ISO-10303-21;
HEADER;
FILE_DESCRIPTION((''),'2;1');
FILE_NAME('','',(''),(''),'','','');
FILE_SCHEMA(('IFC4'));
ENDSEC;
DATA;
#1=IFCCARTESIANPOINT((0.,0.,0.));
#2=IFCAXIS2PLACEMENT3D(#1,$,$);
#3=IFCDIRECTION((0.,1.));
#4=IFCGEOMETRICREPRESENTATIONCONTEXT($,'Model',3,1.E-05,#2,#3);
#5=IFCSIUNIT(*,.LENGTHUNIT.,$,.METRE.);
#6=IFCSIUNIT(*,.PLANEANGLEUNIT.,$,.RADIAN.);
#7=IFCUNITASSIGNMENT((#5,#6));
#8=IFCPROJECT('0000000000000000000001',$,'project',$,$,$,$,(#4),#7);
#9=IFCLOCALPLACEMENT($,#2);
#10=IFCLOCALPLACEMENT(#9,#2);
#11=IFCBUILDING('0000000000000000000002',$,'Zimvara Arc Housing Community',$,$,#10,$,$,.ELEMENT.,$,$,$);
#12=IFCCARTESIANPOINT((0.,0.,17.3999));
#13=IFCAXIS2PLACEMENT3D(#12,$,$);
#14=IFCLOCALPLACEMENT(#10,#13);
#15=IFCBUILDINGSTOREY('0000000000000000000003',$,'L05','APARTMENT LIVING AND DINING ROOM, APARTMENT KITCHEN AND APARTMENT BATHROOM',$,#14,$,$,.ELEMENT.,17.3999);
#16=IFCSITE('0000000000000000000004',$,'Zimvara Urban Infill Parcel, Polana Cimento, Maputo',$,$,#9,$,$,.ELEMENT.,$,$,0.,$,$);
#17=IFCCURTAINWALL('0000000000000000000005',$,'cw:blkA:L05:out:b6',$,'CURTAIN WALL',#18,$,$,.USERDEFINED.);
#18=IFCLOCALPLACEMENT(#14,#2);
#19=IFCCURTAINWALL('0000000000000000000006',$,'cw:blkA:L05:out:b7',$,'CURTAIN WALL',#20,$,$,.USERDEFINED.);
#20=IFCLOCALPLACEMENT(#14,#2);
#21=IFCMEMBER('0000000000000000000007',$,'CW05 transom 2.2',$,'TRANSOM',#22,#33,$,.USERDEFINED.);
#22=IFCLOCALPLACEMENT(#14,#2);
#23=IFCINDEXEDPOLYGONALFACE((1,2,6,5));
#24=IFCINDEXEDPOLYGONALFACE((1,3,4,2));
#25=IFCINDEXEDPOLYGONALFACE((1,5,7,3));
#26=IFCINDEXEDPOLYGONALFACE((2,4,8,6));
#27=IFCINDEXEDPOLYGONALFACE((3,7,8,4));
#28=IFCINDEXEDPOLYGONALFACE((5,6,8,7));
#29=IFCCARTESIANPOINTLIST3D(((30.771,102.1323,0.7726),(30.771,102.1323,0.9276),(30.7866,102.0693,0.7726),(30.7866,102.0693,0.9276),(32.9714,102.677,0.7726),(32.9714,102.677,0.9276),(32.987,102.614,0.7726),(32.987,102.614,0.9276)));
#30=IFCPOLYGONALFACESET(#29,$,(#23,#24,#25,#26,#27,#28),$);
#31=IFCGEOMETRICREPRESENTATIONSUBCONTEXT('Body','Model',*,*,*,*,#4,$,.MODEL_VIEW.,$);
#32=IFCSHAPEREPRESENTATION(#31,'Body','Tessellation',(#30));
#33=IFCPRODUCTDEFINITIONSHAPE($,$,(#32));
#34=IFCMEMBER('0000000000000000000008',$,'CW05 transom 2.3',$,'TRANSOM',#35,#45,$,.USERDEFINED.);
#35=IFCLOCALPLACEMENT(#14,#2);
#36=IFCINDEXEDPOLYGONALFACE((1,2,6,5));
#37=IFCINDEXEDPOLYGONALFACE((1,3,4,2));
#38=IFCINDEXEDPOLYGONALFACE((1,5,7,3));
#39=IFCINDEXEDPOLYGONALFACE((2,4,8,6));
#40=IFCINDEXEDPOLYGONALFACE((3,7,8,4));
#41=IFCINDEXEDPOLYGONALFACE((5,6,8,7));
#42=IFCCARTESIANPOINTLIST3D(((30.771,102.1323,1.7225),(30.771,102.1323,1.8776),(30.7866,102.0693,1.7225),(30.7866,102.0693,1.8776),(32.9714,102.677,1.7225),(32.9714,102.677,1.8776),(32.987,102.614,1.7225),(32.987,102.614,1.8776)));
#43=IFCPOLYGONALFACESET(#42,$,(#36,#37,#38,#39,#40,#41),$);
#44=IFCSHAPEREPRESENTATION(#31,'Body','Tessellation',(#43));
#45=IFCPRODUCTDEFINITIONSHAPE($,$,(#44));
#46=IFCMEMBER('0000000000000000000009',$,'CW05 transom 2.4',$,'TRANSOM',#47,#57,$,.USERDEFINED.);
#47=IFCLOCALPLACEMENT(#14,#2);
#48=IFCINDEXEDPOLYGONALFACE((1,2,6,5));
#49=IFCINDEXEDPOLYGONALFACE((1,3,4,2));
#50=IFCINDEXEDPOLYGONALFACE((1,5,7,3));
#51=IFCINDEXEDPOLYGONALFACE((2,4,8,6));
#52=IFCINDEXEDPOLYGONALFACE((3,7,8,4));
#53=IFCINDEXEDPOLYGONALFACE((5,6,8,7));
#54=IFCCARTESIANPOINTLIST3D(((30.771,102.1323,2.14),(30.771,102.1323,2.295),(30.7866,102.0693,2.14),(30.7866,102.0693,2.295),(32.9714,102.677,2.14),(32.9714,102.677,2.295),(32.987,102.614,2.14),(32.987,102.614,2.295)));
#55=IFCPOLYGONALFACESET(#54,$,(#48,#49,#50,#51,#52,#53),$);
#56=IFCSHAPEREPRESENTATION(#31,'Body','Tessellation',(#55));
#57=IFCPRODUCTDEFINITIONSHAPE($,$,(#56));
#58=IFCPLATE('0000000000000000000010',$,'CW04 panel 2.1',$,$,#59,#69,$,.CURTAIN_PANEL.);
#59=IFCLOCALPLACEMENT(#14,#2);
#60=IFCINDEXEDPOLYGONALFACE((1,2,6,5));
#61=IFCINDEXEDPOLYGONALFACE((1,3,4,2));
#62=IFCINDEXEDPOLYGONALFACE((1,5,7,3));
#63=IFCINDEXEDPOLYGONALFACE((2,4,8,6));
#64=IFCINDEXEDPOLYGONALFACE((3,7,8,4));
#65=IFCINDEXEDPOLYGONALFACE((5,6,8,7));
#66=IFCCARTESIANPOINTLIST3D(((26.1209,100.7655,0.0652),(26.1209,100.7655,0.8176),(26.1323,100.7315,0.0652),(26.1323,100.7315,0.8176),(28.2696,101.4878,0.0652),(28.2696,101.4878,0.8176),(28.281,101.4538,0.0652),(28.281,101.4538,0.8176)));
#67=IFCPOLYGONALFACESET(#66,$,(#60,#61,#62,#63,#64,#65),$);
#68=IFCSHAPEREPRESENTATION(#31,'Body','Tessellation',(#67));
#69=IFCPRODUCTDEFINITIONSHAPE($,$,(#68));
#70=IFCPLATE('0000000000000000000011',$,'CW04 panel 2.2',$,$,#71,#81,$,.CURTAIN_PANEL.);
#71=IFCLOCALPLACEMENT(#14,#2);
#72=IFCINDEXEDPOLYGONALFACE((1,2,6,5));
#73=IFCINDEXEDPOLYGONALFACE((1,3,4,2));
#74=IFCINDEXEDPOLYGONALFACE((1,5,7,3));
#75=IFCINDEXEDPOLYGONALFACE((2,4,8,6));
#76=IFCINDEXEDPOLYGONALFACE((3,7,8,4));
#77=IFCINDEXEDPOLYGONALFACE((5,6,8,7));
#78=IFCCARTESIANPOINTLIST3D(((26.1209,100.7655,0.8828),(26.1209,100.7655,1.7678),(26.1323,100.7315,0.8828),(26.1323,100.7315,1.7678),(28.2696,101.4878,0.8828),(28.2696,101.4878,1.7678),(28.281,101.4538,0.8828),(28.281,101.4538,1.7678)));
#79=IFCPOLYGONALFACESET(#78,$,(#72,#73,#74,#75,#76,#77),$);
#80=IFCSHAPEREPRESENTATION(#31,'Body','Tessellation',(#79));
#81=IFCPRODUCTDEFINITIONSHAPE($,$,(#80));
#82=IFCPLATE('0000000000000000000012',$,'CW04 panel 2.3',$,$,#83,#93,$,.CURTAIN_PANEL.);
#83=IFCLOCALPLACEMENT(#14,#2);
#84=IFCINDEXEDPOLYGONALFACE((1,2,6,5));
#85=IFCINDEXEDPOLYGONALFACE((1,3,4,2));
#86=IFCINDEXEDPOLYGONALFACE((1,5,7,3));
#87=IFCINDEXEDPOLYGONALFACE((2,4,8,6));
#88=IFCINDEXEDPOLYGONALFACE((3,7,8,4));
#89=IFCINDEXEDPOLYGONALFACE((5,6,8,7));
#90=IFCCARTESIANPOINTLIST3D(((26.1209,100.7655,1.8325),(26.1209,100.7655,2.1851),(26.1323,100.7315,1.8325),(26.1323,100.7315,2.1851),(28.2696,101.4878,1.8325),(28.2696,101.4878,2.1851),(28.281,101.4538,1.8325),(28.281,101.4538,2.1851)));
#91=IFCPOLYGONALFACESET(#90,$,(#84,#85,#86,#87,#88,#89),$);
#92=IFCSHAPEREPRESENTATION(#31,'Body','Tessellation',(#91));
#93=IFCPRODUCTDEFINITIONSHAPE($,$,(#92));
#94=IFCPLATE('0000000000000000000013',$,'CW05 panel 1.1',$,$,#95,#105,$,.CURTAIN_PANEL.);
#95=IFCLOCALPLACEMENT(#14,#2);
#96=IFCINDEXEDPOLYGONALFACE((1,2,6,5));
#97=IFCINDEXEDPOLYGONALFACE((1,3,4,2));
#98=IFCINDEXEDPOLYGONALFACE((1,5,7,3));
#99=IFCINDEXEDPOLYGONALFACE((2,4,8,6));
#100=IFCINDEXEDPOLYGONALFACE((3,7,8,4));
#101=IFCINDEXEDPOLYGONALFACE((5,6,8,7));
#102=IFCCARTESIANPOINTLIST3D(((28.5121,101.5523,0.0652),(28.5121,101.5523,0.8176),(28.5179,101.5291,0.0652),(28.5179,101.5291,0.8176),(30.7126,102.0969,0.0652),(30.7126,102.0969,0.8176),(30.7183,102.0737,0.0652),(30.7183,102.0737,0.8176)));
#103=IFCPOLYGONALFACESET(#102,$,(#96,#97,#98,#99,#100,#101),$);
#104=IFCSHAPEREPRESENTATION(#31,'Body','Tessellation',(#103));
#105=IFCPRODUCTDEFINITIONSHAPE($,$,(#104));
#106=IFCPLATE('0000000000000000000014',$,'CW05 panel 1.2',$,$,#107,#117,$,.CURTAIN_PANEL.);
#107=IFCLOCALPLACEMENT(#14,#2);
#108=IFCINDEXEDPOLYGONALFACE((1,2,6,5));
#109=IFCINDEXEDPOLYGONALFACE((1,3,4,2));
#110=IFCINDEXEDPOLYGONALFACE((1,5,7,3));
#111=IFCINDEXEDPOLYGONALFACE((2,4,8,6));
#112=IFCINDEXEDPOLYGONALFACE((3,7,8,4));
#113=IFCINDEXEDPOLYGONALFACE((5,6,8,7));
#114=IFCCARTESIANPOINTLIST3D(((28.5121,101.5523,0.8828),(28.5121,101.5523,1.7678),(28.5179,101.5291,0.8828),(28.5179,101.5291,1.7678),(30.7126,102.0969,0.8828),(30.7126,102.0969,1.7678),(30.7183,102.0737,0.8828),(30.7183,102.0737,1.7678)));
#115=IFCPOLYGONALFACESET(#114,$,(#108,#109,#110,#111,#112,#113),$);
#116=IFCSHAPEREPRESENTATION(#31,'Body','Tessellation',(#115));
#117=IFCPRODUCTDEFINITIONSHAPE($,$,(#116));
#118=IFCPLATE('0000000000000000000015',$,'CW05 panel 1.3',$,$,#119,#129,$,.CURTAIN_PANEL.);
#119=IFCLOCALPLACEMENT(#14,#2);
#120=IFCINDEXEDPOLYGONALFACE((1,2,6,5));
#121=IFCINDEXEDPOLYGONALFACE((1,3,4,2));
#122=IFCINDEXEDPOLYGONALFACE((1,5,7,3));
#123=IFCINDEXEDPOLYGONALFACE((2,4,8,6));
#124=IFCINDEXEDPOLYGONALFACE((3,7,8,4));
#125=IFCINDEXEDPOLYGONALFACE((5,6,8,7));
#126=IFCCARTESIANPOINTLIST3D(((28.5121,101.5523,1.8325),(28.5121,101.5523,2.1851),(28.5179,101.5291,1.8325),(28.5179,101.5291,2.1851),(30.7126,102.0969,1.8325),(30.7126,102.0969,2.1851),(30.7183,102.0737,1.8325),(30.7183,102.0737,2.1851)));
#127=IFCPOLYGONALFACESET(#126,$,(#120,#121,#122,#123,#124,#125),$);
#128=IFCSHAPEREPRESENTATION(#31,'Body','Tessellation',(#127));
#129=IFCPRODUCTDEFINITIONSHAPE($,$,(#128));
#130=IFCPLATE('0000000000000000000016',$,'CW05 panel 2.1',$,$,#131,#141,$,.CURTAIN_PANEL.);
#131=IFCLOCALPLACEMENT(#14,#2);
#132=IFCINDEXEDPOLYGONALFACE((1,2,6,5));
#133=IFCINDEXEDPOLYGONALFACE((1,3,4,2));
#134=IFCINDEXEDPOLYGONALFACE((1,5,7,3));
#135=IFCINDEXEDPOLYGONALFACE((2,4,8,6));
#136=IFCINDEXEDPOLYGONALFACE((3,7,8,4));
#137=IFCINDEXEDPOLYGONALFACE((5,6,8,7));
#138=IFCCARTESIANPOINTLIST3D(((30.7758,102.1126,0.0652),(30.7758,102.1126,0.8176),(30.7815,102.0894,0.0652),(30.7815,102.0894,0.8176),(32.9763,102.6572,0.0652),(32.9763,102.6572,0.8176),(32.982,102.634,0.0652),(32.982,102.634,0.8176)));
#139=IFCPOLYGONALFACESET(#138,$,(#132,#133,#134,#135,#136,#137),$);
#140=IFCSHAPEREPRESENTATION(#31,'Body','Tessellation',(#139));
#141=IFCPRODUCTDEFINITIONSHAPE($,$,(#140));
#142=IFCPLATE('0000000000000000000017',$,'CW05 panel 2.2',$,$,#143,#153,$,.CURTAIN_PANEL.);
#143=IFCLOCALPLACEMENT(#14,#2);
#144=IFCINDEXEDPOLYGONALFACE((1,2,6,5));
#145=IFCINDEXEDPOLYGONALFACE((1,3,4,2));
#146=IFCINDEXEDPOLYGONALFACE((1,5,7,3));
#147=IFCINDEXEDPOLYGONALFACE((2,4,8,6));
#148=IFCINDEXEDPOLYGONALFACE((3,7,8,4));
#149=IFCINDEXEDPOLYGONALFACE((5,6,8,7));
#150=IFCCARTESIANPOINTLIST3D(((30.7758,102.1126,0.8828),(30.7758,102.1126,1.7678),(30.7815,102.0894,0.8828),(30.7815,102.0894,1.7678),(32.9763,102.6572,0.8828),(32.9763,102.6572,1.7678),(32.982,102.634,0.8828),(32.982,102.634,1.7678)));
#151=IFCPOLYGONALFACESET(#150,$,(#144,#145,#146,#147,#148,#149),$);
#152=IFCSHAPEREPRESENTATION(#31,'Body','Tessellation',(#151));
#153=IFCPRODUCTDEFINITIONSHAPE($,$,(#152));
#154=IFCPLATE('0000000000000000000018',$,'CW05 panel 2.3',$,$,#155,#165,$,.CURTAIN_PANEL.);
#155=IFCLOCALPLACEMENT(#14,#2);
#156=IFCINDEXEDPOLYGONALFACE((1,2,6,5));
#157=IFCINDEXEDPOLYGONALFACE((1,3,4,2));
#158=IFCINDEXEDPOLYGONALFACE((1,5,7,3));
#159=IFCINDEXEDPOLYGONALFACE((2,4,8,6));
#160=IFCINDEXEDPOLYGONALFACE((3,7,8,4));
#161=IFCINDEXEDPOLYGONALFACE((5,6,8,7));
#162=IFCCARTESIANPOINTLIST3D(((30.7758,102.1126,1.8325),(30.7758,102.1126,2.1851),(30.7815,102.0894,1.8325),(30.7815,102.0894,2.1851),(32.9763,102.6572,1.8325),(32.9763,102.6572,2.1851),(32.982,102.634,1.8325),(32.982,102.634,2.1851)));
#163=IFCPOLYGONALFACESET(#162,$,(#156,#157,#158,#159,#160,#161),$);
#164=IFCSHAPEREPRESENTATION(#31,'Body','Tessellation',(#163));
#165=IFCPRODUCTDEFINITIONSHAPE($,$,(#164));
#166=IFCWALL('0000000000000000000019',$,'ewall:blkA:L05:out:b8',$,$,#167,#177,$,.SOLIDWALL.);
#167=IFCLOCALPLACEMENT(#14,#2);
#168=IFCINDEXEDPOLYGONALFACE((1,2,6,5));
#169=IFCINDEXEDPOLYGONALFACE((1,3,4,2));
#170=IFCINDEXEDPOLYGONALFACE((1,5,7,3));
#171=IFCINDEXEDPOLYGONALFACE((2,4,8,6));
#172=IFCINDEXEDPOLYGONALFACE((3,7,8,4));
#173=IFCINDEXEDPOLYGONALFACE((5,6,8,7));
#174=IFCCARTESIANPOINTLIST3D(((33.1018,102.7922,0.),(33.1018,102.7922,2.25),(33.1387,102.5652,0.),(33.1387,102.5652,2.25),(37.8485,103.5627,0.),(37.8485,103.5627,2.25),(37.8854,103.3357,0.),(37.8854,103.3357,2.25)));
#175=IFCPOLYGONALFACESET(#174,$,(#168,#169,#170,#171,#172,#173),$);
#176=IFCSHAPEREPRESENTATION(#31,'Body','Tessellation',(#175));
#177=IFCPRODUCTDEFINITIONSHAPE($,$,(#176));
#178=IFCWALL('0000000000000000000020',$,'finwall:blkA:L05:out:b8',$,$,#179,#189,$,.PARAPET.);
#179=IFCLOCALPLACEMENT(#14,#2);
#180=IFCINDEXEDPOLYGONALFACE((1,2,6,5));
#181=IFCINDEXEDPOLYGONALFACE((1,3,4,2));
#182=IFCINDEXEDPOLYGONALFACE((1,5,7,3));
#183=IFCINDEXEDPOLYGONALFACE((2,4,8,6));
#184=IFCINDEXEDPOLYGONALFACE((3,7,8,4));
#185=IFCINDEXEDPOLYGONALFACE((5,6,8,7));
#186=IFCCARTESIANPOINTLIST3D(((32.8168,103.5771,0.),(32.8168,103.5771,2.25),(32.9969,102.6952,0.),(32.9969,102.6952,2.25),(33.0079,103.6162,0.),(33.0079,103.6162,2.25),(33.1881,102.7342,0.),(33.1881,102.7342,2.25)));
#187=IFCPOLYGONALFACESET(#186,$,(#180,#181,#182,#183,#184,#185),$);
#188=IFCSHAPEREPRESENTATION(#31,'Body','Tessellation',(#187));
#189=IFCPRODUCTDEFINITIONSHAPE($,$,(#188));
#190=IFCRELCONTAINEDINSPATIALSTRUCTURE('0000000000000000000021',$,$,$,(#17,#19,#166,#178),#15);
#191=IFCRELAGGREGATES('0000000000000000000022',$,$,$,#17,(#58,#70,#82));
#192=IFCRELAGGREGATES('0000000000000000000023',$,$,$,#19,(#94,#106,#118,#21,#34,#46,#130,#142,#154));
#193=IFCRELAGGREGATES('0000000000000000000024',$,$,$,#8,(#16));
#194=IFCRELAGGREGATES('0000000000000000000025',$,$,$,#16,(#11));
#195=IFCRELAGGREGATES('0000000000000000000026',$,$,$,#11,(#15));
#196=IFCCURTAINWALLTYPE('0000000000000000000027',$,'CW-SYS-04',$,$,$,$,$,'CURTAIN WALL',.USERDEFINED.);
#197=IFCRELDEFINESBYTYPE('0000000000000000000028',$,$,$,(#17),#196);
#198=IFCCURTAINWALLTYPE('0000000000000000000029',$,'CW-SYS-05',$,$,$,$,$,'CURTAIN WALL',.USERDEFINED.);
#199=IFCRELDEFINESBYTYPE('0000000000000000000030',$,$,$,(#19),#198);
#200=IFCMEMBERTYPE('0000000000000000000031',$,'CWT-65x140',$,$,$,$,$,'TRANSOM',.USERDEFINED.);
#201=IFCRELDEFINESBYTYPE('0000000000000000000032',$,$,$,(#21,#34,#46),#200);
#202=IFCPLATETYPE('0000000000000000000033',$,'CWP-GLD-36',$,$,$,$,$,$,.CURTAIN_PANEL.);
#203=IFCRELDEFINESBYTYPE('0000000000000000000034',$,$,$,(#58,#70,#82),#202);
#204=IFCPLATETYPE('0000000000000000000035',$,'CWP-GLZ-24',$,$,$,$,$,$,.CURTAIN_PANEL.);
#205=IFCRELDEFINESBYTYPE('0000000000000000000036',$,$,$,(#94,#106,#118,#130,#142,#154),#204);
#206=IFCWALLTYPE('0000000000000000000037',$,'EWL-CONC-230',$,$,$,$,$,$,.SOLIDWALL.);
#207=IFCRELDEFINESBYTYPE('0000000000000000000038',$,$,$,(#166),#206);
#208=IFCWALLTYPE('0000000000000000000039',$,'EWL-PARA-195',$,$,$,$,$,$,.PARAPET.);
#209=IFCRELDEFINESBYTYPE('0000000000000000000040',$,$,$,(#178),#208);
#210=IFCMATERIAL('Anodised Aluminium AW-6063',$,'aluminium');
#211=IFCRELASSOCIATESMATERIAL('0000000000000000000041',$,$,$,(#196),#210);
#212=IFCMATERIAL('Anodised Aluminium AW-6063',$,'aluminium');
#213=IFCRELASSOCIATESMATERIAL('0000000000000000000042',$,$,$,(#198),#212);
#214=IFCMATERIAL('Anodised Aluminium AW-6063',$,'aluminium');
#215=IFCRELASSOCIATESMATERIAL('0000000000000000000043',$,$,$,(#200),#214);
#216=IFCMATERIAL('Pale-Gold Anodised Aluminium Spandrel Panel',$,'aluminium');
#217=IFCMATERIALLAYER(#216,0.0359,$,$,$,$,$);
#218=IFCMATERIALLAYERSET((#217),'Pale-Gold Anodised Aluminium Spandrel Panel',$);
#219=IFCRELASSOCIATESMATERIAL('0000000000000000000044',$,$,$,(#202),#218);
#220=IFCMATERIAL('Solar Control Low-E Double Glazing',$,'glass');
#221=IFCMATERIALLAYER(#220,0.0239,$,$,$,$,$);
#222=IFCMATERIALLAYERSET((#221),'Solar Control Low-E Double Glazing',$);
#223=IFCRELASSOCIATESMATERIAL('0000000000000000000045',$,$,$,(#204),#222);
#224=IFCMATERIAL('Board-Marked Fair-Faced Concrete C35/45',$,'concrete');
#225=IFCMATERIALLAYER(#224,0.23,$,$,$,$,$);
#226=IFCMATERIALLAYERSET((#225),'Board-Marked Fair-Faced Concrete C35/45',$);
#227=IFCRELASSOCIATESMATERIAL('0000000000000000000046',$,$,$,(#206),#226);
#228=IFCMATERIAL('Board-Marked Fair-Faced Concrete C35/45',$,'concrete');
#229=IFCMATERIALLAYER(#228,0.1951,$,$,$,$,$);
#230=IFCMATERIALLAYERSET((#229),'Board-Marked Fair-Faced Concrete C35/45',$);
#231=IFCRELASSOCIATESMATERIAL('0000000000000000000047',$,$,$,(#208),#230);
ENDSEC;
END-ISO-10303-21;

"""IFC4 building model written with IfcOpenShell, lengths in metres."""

from ifc_helpers import new_model, si_unit, direction, frame, frame_2d, origin, origin_2d, place, context, subcontext, project, spatial, rectangle, extrude, material, layer, layer_set, material_profile, profile_set, type_object, element, aggregate, save


model = new_model("IFC4")

# Units and contexts
model_context = context("Model", 3, precision=1e-05, world=origin(), true_north=direction((0.0, 1.0)))
body_context = subcontext(model_context, "Body", "Model", "MODEL_VIEW")
ifc_project = project(units=[si_unit("LENGTHUNIT", "METRE"), si_unit("PLANEANGLEUNIT", "RADIAN")], contexts=[model_context])

# Site, building, storey
site_placement = place(None, origin())
site = spatial("IfcSite", under=ifc_project, at=site_placement, Name="Zimvara Urban Infill Parcel, Polana Cimento, Maputo", CompositionType="ELEMENT", RefElevation=0.0)
building_placement = place(site_placement, origin())
building = spatial("IfcBuilding", under=site, at=building_placement, Name="Zimvara Arc Housing Community", CompositionType="ELEMENT")
storey_placement = place(building_placement, frame((0.0, 0.0, 17.3999)))
storey = spatial("IfcBuildingStorey", under=building, at=storey_placement, Name="L05", Description="APARTMENT LIVING AND DINING ROOM, APARTMENT KITCHEN AND APARTMENT BATHROOM", CompositionType="ELEMENT", Elevation=17.3999)

# Curtain wall
ifc_material_1 = material(Name="Anodised Aluminium AW-6063", Category="aluminium")
curtain_wall_type_1 = type_object("IfcCurtainWallType", Name="CW-SYS-04", ElementType="CURTAIN WALL", PredefinedType="USERDEFINED", material=ifc_material_1)
curtain_wall_1_placement = place(storey_placement, origin())
curtain_wall_1 = element("IfcCurtainWall", 1, at=curtain_wall_1_placement, inside=storey, type_object=curtain_wall_type_1, Name="cw:blkA:L05:out:b6", ObjectType="CURTAIN WALL", PredefinedType="USERDEFINED")

# Curtain wall, members
ifc_material_2 = material(Name="Anodised Aluminium AW-6063", Category="aluminium")
curtain_wall_type_2 = type_object("IfcCurtainWallType", Name="CW-SYS-05", ElementType="CURTAIN WALL", PredefinedType="USERDEFINED", material=ifc_material_2)
curtain_wall_2_placement = place(storey_placement, origin())
curtain_wall_2 = element("IfcCurtainWall", 2, at=curtain_wall_2_placement, inside=storey, type_object=curtain_wall_type_2, Name="cw:blkA:L05:out:b7", ObjectType="CURTAIN WALL", PredefinedType="USERDEFINED")
ifc_material_3 = material(Name="Anodised Aluminium AW-6063", Category="aluminium")
ifc_material_profile_1 = material_profile(ifc_material_3, rectangle(XDim=0.0649, YDim=0.155, at=origin_2d()), Name="ALU 65x155")
ifc_profile_set_1 = profile_set([ifc_material_profile_1], Name="Anodised Aluminium AW-6063")
member_type_1 = type_object("IfcMemberType", Name="CWT-65x140", ElementType="TRANSOM", PredefinedType="USERDEFINED", material=ifc_profile_set_1)
member_1_placement = place(storey_placement, frame((30.7788, 102.1008, 0.8501), z_axis=(0.970704, 0.24028, 0.0), x_axis=(-0.24028, 0.970704, 0.0)))
member_1 = element("IfcMember", 3, at=member_1_placement, type_object=member_type_1, Name="CW05 transom 2.2", ObjectType="TRANSOM", PredefinedType="USERDEFINED", context=body_context, shape_type="SweptSolid", body=[
    extrude(rectangle(XDim=0.0649, YDim=0.155, at=origin_2d()), origin(), (0.0, 0.0, 1.0), 2.2668),
])
member_2_placement = place(storey_placement, frame((30.7788, 102.1008, 1.8), z_axis=(0.970704, 0.24028, 0.0), x_axis=(-0.24028, 0.970704, 0.0)))
member_2 = element("IfcMember", 4, at=member_2_placement, type_object=member_type_1, Name="CW05 transom 2.3", ObjectType="TRANSOM", PredefinedType="USERDEFINED", context=body_context, shape_type="SweptSolid", body=[
    extrude(rectangle(XDim=0.0649, YDim=0.155, at=origin_2d()), origin(), (0.0, 0.0, 1.0), 2.2668),
])
member_3_placement = place(storey_placement, frame((30.7788, 102.1008, 2.2175), z_axis=(0.970704, 0.24028, 0.0), x_axis=(-0.24028, 0.970704, 0.0)))
member_3 = element("IfcMember", 5, at=member_3_placement, type_object=member_type_1, Name="CW05 transom 2.4", ObjectType="TRANSOM", PredefinedType="USERDEFINED", context=body_context, shape_type="SweptSolid", body=[
    extrude(rectangle(XDim=0.0649, YDim=0.155, at=origin_2d()), origin(), (0.0, 0.0, 1.0), 2.2668),
])

# Plates
ifc_material_4 = material(Name="Pale-Gold Anodised Aluminium Spandrel Panel", Category="aluminium")
ifc_layer_1 = layer(ifc_material_4, 0.0359)
ifc_layer_set_1 = layer_set([ifc_layer_1], Name="Pale-Gold Anodised Aluminium Spandrel Panel")
plate_type_1 = type_object("IfcPlateType", Name="CWP-GLD-36", PredefinedType="CURTAIN_PANEL", material=ifc_layer_set_1)
plate_1_placement = place(storey_placement, frame((27.2009, 101.1096, 0.0652), z_axis=(0.0, 0.0, 1.0), x_axis=(0.94788, 0.318629, 0.0)))
plate_1 = element("IfcPlate", 6, at=plate_1_placement, type_object=plate_type_1, Name="CW04 panel 2.1", PredefinedType="CURTAIN_PANEL", context=body_context, shape_type="SweptSolid", body=[
    extrude(rectangle(XDim=2.2668, YDim=0.0359, at=origin_2d()), origin(), (0.0, 0.0, 1.0), 0.7524),
])
plate_2_placement = place(storey_placement, frame((27.2009, 101.1096, 0.8828), z_axis=(0.0, 0.0, 1.0), x_axis=(0.94788, 0.318629, 0.0)))
plate_2 = element("IfcPlate", 7, at=plate_2_placement, type_object=plate_type_1, Name="CW04 panel 2.2", PredefinedType="CURTAIN_PANEL", context=body_context, shape_type="SweptSolid", body=[
    extrude(rectangle(XDim=2.2668, YDim=0.0359, at=origin_2d()), origin(), (0.0, 0.0, 1.0), 0.885),
])
plate_3_placement = place(storey_placement, frame((27.2009, 101.1096, 1.8325), z_axis=(0.0, 0.0, 1.0), x_axis=(0.94788, 0.318629, 0.0)))
plate_3 = element("IfcPlate", 8, at=plate_3_placement, type_object=plate_type_1, Name="CW04 panel 2.3", PredefinedType="CURTAIN_PANEL", context=body_context, shape_type="SweptSolid", body=[
    extrude(rectangle(XDim=2.2668, YDim=0.0359, at=origin_2d()), origin(), (0.0, 0.0, 1.0), 0.3525),
])
aggregate(curtain_wall_1, [plate_1, plate_2, plate_3])
ifc_material_5 = material(Name="Solar Control Low-E Double Glazing", Category="glass")
ifc_layer_2 = layer(ifc_material_5, 0.0239)
ifc_layer_set_2 = layer_set([ifc_layer_2], Name="Solar Control Low-E Double Glazing")
plate_type_2 = type_object("IfcPlateType", Name="CWP-GLZ-24", PredefinedType="CURTAIN_PANEL", material=ifc_layer_set_2)
plate_4_placement = place(storey_placement, frame((29.6152, 101.813, 0.0652), z_axis=(0.0, 0.0, 1.0), x_axis=(0.970716, 0.24023, 0.0)))
plate_4 = element("IfcPlate", 9, at=plate_4_placement, type_object=plate_type_2, Name="CW05 panel 1.1", PredefinedType="CURTAIN_PANEL", context=body_context, shape_type="SweptSolid", body=[
    extrude(rectangle(XDim=2.2668, YDim=0.0239, at=origin_2d()), origin(), (0.0, 0.0, 1.0), 0.7524),
])
plate_5_placement = place(storey_placement, frame((29.6152, 101.813, 0.8828), z_axis=(0.0, 0.0, 1.0), x_axis=(0.970716, 0.24023, 0.0)))
plate_5 = element("IfcPlate", 10, at=plate_5_placement, type_object=plate_type_2, Name="CW05 panel 1.2", PredefinedType="CURTAIN_PANEL", context=body_context, shape_type="SweptSolid", body=[
    extrude(rectangle(XDim=2.2668, YDim=0.0239, at=origin_2d()), origin(), (0.0, 0.0, 1.0), 0.885),
])
plate_6_placement = place(storey_placement, frame((29.6152, 101.813, 1.8325), z_axis=(0.0, 0.0, 1.0), x_axis=(0.970716, 0.24023, 0.0)))
plate_6 = element("IfcPlate", 11, at=plate_6_placement, type_object=plate_type_2, Name="CW05 panel 1.3", PredefinedType="CURTAIN_PANEL", context=body_context, shape_type="SweptSolid", body=[
    extrude(rectangle(XDim=2.2668, YDim=0.0239, at=origin_2d()), origin(), (0.0, 0.0, 1.0), 0.3525),
])
plate_7_placement = place(storey_placement, frame((31.8789, 102.3733, 0.0652), z_axis=(0.0, 0.0, 1.0), x_axis=(0.970716, 0.24023, 0.0)))
plate_7 = element("IfcPlate", 12, at=plate_7_placement, type_object=plate_type_2, Name="CW05 panel 2.1", PredefinedType="CURTAIN_PANEL", context=body_context, shape_type="SweptSolid", body=[
    extrude(rectangle(XDim=2.2668, YDim=0.0239, at=origin_2d()), origin(), (0.0, 0.0, 1.0), 0.7524),
])
plate_8_placement = place(storey_placement, frame((31.8789, 102.3733, 0.8828), z_axis=(0.0, 0.0, 1.0), x_axis=(0.970716, 0.24023, 0.0)))
plate_8 = element("IfcPlate", 13, at=plate_8_placement, type_object=plate_type_2, Name="CW05 panel 2.2", PredefinedType="CURTAIN_PANEL", context=body_context, shape_type="SweptSolid", body=[
    extrude(rectangle(XDim=2.2668, YDim=0.0239, at=origin_2d()), origin(), (0.0, 0.0, 1.0), 0.885),
])
plate_9_placement = place(storey_placement, frame((31.8789, 102.3733, 1.8325), z_axis=(0.0, 0.0, 1.0), x_axis=(0.970716, 0.24023, 0.0)))
plate_9 = element("IfcPlate", 14, at=plate_9_placement, type_object=plate_type_2, Name="CW05 panel 2.3", PredefinedType="CURTAIN_PANEL", context=body_context, shape_type="SweptSolid", body=[
    extrude(rectangle(XDim=2.2668, YDim=0.0239, at=origin_2d()), origin(), (0.0, 0.0, 1.0), 0.3525),
])
aggregate(curtain_wall_2, [plate_4, plate_5, plate_6, member_1, member_2, member_3, plate_7, plate_8, plate_9])

# Walls
ifc_material_6 = material(Name="Board-Marked Fair-Faced Concrete C35/45", Category="concrete")
ifc_layer_3 = layer(ifc_material_6, 0.23)
ifc_layer_set_3 = layer_set([ifc_layer_3], Name="Board-Marked Fair-Faced Concrete C35/45")
wall_type_1 = type_object("IfcWallType", Name="EWL-CONC-230", PredefinedType="SOLIDWALL", material=ifc_layer_set_3)
wall_1_placement = place(storey_placement, frame((33.1204, 102.6787, 0.0), z_axis=(0.0, 0.0, 1.0), x_axis=(0.987081, 0.160224, 0.0)))
element("IfcWall", 15, at=wall_1_placement, inside=storey, type_object=wall_type_1, Name="ewall:blkA:L05:out:b8", PredefinedType="SOLIDWALL", context=body_context, shape_type="SweptSolid", body=[
    extrude(rectangle(XDim=4.8088, YDim=0.23, at=frame_2d((2.4043, 0.0))), origin(), (0.0, 0.0, 1.0), 2.25),
])
ifc_material_7 = material(Name="Board-Marked Fair-Faced Concrete C35/45", Category="concrete")
ifc_layer_4 = layer(ifc_material_7, 0.1951)
ifc_layer_set_4 = layer_set([ifc_layer_4], Name="Board-Marked Fair-Faced Concrete C35/45")
wall_type_2 = type_object("IfcWallType", Name="EWL-PARA-195", PredefinedType="PARAPET", material=ifc_layer_set_4)
wall_2_placement = place(storey_placement, frame((33.0925, 102.7146, 0.0), z_axis=(0.0, 0.0, 1.0), x_axis=(-0.200183, 0.979758, 0.0)))
element("IfcWall", 16, at=wall_2_placement, inside=storey, type_object=wall_type_2, Name="finwall:blkA:L05:out:b8", PredefinedType="PARAPET", context=body_context, shape_type="SweptSolid", body=[
    extrude(rectangle(XDim=0.9001, YDim=0.1951, at=frame_2d((0.4502, 0.0))), origin(), (0.0, 0.0, 1.0), 2.25),
])

save(model, "model.ifc")
